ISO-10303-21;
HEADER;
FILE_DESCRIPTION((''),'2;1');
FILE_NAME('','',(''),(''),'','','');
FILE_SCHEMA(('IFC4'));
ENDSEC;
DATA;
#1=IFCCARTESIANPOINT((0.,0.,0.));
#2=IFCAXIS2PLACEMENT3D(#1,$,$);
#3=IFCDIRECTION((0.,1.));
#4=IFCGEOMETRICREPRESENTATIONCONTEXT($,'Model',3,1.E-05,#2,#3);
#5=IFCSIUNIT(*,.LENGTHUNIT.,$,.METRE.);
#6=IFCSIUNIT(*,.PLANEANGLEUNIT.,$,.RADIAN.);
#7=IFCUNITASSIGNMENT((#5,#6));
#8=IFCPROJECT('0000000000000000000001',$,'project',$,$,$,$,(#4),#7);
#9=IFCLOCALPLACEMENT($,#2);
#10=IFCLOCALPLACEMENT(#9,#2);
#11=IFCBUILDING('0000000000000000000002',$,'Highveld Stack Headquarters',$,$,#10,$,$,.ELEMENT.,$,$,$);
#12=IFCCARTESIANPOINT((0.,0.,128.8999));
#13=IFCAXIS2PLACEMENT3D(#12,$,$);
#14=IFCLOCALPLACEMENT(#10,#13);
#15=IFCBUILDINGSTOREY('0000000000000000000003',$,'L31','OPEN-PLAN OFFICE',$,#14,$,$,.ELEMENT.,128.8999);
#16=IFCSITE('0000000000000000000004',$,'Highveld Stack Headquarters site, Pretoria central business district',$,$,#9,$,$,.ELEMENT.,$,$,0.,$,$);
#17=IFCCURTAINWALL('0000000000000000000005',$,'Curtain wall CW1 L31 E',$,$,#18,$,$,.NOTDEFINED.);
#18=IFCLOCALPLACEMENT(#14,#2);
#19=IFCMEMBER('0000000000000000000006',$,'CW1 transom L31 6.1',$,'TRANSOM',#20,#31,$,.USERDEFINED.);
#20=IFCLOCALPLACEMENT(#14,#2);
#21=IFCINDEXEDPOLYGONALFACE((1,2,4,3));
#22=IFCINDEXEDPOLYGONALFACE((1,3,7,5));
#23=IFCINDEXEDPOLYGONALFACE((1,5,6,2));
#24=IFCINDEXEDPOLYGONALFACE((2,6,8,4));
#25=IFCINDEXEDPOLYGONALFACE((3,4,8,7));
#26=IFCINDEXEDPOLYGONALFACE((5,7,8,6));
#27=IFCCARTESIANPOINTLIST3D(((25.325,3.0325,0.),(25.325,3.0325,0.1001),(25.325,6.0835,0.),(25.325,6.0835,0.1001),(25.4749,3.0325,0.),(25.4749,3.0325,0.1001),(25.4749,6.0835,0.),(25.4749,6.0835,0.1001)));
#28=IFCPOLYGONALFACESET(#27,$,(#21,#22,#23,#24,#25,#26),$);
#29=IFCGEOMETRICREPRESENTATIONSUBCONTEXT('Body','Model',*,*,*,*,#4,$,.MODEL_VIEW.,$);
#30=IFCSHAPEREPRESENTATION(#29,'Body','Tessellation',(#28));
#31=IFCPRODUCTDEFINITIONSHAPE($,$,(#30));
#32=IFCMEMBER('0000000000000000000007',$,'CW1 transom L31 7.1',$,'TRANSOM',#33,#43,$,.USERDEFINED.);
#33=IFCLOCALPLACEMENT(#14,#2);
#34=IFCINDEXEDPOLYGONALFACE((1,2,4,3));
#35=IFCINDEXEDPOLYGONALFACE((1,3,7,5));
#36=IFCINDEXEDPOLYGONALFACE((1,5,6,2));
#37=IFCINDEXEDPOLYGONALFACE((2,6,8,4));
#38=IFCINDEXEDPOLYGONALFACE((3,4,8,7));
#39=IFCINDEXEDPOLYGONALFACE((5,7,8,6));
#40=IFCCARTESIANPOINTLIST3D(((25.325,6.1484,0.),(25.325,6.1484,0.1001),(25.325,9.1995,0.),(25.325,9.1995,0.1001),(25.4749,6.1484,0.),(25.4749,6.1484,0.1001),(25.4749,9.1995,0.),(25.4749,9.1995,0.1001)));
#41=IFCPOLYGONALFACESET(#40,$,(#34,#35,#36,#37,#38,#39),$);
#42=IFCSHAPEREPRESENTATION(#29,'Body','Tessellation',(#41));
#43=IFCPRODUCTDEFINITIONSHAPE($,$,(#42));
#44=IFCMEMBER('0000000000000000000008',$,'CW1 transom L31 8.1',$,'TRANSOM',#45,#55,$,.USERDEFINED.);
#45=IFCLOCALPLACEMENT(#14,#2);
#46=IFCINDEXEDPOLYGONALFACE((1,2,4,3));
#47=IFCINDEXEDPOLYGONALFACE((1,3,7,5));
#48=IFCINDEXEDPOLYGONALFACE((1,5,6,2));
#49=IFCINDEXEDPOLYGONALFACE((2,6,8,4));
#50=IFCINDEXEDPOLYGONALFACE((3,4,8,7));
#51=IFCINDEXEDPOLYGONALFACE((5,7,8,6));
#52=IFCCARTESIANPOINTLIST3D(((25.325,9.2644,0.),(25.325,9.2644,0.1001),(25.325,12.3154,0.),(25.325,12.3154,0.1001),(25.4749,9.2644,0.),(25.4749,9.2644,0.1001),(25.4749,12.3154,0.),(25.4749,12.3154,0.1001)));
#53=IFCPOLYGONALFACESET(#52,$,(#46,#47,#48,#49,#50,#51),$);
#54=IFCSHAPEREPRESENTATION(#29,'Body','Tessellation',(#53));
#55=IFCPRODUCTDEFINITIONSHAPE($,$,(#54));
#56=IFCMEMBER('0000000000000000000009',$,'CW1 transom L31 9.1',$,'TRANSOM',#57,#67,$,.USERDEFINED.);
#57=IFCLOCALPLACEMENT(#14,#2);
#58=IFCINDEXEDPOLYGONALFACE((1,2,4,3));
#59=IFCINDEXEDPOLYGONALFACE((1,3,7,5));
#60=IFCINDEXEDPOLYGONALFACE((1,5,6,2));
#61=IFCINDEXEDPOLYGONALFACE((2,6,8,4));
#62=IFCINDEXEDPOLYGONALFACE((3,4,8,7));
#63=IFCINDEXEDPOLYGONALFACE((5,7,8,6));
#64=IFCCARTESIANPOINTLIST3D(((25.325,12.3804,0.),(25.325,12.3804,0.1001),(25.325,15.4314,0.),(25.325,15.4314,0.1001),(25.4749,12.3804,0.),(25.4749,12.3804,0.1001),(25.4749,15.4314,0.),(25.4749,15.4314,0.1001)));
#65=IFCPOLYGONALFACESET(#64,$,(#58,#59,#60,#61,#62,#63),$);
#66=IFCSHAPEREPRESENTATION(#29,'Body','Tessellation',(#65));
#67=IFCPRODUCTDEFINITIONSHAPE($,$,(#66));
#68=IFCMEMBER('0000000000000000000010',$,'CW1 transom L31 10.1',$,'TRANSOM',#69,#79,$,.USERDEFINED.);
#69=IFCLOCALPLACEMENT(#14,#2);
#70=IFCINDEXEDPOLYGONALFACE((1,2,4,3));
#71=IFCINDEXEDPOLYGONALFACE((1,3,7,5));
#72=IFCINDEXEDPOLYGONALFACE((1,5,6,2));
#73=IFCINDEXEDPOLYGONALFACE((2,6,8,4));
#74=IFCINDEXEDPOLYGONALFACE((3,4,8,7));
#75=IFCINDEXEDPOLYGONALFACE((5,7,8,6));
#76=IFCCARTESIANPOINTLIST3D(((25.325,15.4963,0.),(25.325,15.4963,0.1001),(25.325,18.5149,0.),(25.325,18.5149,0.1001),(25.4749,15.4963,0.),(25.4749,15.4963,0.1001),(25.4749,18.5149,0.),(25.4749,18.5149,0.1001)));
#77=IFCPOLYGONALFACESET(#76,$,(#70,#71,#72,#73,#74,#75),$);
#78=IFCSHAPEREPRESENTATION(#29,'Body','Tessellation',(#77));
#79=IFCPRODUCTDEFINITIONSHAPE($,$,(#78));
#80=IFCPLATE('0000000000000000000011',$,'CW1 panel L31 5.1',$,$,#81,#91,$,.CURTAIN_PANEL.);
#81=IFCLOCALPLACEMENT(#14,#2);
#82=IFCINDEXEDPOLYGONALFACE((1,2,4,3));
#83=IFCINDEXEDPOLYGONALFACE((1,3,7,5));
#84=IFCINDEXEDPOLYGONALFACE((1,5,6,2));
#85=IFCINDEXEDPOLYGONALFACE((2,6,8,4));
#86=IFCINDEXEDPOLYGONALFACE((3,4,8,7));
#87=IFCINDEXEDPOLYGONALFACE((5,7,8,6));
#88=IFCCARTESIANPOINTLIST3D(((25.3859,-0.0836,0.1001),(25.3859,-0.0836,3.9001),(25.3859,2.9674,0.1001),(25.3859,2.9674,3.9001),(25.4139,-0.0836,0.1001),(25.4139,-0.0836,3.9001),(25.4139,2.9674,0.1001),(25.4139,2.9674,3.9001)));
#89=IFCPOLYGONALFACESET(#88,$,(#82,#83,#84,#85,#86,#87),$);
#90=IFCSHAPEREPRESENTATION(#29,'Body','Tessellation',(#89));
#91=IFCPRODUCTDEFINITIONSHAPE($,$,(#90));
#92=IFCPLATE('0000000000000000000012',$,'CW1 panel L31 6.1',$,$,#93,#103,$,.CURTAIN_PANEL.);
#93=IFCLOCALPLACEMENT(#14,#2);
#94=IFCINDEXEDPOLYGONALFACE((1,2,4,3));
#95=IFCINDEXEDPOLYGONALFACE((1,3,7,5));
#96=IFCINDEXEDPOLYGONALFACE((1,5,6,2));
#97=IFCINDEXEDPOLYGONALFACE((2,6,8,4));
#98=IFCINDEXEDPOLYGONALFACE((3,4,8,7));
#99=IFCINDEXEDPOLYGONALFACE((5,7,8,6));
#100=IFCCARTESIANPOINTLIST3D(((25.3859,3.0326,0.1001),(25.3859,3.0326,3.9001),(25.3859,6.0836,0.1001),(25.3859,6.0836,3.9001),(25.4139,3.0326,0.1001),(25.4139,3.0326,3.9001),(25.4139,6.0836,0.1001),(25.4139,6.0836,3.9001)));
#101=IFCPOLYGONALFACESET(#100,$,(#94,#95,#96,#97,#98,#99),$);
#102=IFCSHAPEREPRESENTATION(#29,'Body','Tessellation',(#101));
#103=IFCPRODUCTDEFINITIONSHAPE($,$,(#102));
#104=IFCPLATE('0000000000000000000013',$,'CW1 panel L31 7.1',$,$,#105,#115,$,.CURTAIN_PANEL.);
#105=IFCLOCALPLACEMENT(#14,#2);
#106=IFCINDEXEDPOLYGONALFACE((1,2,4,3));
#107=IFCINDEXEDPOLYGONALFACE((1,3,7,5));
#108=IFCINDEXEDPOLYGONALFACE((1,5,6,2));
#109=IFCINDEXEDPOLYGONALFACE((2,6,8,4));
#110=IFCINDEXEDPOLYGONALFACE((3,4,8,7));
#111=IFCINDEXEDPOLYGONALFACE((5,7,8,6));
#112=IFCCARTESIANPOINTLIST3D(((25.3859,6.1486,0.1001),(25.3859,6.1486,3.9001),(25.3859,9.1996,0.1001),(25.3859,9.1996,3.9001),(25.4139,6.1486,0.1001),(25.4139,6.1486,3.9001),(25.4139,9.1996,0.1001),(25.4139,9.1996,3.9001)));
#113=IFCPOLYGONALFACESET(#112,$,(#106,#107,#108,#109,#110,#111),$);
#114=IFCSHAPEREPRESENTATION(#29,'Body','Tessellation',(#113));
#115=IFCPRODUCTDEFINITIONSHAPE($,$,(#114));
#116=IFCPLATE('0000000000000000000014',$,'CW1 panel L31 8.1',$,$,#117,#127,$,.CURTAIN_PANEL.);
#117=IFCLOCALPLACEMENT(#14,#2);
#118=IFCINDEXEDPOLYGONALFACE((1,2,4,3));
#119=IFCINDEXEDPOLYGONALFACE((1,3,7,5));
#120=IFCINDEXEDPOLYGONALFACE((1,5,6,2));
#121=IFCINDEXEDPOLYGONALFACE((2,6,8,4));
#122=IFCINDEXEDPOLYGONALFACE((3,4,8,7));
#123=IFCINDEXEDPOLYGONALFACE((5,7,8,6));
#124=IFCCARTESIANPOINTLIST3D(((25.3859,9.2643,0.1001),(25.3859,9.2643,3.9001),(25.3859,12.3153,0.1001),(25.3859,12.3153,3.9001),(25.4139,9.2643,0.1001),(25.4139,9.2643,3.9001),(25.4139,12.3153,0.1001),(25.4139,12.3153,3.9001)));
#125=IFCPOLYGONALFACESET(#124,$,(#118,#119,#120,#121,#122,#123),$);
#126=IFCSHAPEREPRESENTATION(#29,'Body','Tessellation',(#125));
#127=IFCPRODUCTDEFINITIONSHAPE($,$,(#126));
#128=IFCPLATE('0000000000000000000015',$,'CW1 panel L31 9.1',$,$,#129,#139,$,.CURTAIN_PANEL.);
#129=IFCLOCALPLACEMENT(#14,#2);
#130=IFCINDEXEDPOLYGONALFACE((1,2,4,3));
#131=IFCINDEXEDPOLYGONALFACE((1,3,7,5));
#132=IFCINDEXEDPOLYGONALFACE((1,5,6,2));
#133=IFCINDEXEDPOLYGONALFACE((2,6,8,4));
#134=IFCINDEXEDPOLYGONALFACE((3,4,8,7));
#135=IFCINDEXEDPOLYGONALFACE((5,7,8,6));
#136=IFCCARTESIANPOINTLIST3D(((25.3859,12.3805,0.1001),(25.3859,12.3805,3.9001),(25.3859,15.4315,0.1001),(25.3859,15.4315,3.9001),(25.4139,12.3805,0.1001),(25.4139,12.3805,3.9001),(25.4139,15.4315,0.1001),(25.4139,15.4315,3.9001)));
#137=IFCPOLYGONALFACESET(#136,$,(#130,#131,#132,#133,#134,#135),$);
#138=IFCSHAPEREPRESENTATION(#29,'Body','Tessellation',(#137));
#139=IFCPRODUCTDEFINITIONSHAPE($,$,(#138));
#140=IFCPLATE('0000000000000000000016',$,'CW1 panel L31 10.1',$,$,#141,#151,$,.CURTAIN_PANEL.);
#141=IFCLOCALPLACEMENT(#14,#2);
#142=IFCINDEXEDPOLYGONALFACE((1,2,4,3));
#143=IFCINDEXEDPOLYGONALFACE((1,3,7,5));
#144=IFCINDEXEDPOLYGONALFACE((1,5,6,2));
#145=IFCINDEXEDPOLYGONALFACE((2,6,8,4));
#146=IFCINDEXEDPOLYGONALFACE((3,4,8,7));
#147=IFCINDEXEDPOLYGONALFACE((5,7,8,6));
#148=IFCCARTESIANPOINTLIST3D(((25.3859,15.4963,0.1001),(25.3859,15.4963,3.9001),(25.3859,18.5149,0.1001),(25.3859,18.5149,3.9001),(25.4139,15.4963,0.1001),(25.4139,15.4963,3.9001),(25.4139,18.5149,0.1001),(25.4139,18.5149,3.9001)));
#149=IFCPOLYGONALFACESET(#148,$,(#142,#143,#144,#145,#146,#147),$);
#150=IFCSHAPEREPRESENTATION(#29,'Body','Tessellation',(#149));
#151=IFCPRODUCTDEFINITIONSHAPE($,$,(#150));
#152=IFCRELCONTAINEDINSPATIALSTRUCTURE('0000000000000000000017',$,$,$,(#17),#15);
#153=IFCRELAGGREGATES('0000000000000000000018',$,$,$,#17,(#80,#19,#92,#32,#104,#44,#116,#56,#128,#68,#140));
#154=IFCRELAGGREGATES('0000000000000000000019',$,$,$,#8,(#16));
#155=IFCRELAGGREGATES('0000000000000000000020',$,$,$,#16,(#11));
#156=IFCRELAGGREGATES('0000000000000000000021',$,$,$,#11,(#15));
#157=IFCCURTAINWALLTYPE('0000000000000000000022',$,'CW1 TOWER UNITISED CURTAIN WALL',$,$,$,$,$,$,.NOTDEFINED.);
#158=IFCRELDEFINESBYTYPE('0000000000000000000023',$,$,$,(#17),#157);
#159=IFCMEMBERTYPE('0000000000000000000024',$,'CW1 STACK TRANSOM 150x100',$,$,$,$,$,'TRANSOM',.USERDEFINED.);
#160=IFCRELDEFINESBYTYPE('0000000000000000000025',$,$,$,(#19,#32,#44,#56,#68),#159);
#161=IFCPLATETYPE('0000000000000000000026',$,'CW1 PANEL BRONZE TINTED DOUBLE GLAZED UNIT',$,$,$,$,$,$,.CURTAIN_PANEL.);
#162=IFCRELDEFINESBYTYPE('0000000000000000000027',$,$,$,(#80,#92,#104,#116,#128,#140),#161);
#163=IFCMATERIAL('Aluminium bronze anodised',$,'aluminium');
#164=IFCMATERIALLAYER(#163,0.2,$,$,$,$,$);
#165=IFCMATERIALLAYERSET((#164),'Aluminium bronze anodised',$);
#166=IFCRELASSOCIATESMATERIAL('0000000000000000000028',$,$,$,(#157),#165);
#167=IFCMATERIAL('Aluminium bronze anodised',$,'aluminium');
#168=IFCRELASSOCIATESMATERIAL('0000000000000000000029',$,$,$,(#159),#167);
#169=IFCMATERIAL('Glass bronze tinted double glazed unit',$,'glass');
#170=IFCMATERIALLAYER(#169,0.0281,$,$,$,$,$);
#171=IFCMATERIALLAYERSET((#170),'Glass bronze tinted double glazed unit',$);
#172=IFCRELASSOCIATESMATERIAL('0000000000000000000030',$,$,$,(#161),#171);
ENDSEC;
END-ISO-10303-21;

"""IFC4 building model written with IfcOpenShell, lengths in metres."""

from ifc_helpers import new_model, si_unit, direction, frame, origin, origin_2d, place, context, subcontext, project, spatial, rectangle, extrude, material, layer, layer_set, material_profile, profile_set, type_object, element, aggregate, save


model = new_model("IFC4")

# Units and contexts
model_context = context("Model", 3, precision=1e-05, world=origin(), true_north=direction((0.0, 1.0)))
body_context = subcontext(model_context, "Body", "Model", "MODEL_VIEW")
ifc_project = project(units=[si_unit("LENGTHUNIT", "METRE"), si_unit("PLANEANGLEUNIT", "RADIAN")], contexts=[model_context])

# Site, building, storey
site_placement = place(None, origin())
site = spatial("IfcSite", under=ifc_project, at=site_placement, Name="Highveld Stack Headquarters site, Pretoria central business district", CompositionType="ELEMENT", RefElevation=0.0)
building_placement = place(site_placement, origin())
building = spatial("IfcBuilding", under=site, at=building_placement, Name="Highveld Stack Headquarters", CompositionType="ELEMENT")
storey_placement = place(building_placement, frame((0.0, 0.0, 128.8999)))
storey = spatial("IfcBuildingStorey", under=building, at=storey_placement, Name="L31", Description="OPEN-PLAN OFFICE", CompositionType="ELEMENT", Elevation=128.8999)

# Curtain wall, members, plates
ifc_material_1 = material(Name="Aluminium bronze anodised", Category="aluminium")
ifc_layer_1 = layer(ifc_material_1, 0.2)
ifc_layer_set_1 = layer_set([ifc_layer_1], Name="Aluminium bronze anodised")
curtain_wall_type = type_object("IfcCurtainWallType", Name="CW1 TOWER UNITISED CURTAIN WALL", PredefinedType="NOTDEFINED", material=ifc_layer_set_1)
curtain_wall_placement = place(storey_placement, origin())
curtain_wall = element("IfcCurtainWall", 1, at=curtain_wall_placement, inside=storey, type_object=curtain_wall_type, Name="Curtain wall CW1 L31 E", PredefinedType="NOTDEFINED")
ifc_material_2 = material(Name="Aluminium bronze anodised", Category="aluminium")
ifc_material_profile_1 = material_profile(ifc_material_2, rectangle(XDim=0.1499, YDim=0.1001, at=origin_2d()), Name="CW1 TRANSOM 150x100")
ifc_profile_set_1 = profile_set([ifc_material_profile_1], Name="Aluminium bronze anodised")
member_type_1 = type_object("IfcMemberType", Name="CW1 STACK TRANSOM 150x100", ElementType="TRANSOM", PredefinedType="USERDEFINED", material=ifc_profile_set_1)
member_1_placement = place(storey_placement, frame((25.3999, 3.0325, 0.05), z_axis=(0.0, 1.0, 0.0), x_axis=(-1.0, 0.0, 0.0)))
member_1 = element("IfcMember", 2, at=member_1_placement, type_object=member_type_1, Name="CW1 transom L31 6.1", ObjectType="TRANSOM", PredefinedType="USERDEFINED", context=body_context, shape_type="SweptSolid", body=[
    extrude(rectangle(XDim=0.1499, YDim=0.1001, at=origin_2d()), origin(), (0.0, 0.0, 1.0), 3.051),
])
member_2_placement = place(storey_placement, frame((25.3999, 6.1484, 0.05), z_axis=(0.0, 1.0, 0.0), x_axis=(-1.0, 0.0, 0.0)))
member_2 = element("IfcMember", 3, at=member_2_placement, type_object=member_type_1, Name="CW1 transom L31 7.1", ObjectType="TRANSOM", PredefinedType="USERDEFINED", context=body_context, shape_type="SweptSolid", body=[
    extrude(rectangle(XDim=0.1499, YDim=0.1001, at=origin_2d()), origin(), (0.0, 0.0, 1.0), 3.051),
])
member_3_placement = place(storey_placement, frame((25.3999, 9.2644, 0.05), z_axis=(0.0, 1.0, 0.0), x_axis=(-1.0, 0.0, 0.0)))
member_3 = element("IfcMember", 4, at=member_3_placement, type_object=member_type_1, Name="CW1 transom L31 8.1", ObjectType="TRANSOM", PredefinedType="USERDEFINED", context=body_context, shape_type="SweptSolid", body=[
    extrude(rectangle(XDim=0.1499, YDim=0.1001, at=origin_2d()), origin(), (0.0, 0.0, 1.0), 3.051),
])
member_4_placement = place(storey_placement, frame((25.3999, 12.3804, 0.05), z_axis=(0.0, 1.0, 0.0), x_axis=(-1.0, 0.0, 0.0)))
member_4 = element("IfcMember", 5, at=member_4_placement, type_object=member_type_1, Name="CW1 transom L31 9.1", ObjectType="TRANSOM", PredefinedType="USERDEFINED", context=body_context, shape_type="SweptSolid", body=[
    extrude(rectangle(XDim=0.1499, YDim=0.1001, at=origin_2d()), origin(), (0.0, 0.0, 1.0), 3.051),
])
member_5_placement = place(storey_placement, frame((25.3999, 15.4963, 0.05), z_axis=(0.0, 1.0, 0.0), x_axis=(-1.0, 0.0, 0.0)))
member_5 = element("IfcMember", 6, at=member_5_placement, type_object=member_type_1, Name="CW1 transom L31 10.1", ObjectType="TRANSOM", PredefinedType="USERDEFINED", context=body_context, shape_type="SweptSolid", body=[
    extrude(rectangle(XDim=0.1499, YDim=0.1001, at=origin_2d()), origin(), (0.0, 0.0, 1.0), 3.0186),
])
ifc_material_3 = material(Name="Glass bronze tinted double glazed unit", Category="glass")
ifc_layer_2 = layer(ifc_material_3, 0.0281)
ifc_layer_set_2 = layer_set([ifc_layer_2], Name="Glass bronze tinted double glazed unit")
plate_type = type_object("IfcPlateType", Name="CW1 PANEL BRONZE TINTED DOUBLE GLAZED UNIT", PredefinedType="CURTAIN_PANEL", material=ifc_layer_set_2)
plate_1_placement = place(storey_placement, frame((25.3999, 1.4419, 0.1001), z_axis=(0.0, 0.0, 1.0), x_axis=(0.0, 1.0, 0.0)))
plate_1 = element("IfcPlate", 7, at=plate_1_placement, type_object=plate_type, Name="CW1 panel L31 5.1", PredefinedType="CURTAIN_PANEL", context=body_context, shape_type="SweptSolid", body=[
    extrude(rectangle(XDim=3.051, YDim=0.0281, at=origin_2d()), origin(), (0.0, 0.0, 1.0), 3.8),
])
plate_2_placement = place(storey_placement, frame((25.3999, 4.5581, 0.1001), z_axis=(0.0, 0.0, 1.0), x_axis=(0.0, 1.0, 0.0)))
plate_2 = element("IfcPlate", 8, at=plate_2_placement, type_object=plate_type, Name="CW1 panel L31 6.1", PredefinedType="CURTAIN_PANEL", context=body_context, shape_type="SweptSolid", body=[
    extrude(rectangle(XDim=3.051, YDim=0.0281, at=origin_2d()), origin(), (0.0, 0.0, 1.0), 3.8),
])
plate_3_placement = place(storey_placement, frame((25.3999, 7.6741, 0.1001), z_axis=(0.0, 0.0, 1.0), x_axis=(0.0, 1.0, 0.0)))
plate_3 = element("IfcPlate", 9, at=plate_3_placement, type_object=plate_type, Name="CW1 panel L31 7.1", PredefinedType="CURTAIN_PANEL", context=body_context, shape_type="SweptSolid", body=[
    extrude(rectangle(XDim=3.051, YDim=0.0281, at=origin_2d()), origin(), (0.0, 0.0, 1.0), 3.8),
])
plate_4_placement = place(storey_placement, frame((25.3999, 10.7898, 0.1001), z_axis=(0.0, 0.0, 1.0), x_axis=(0.0, 1.0, 0.0)))
plate_4 = element("IfcPlate", 10, at=plate_4_placement, type_object=plate_type, Name="CW1 panel L31 8.1", PredefinedType="CURTAIN_PANEL", context=body_context, shape_type="SweptSolid", body=[
    extrude(rectangle(XDim=3.051, YDim=0.0281, at=origin_2d()), origin(), (0.0, 0.0, 1.0), 3.8),
])
plate_5_placement = place(storey_placement, frame((25.3999, 13.906, 0.1001), z_axis=(0.0, 0.0, 1.0), x_axis=(0.0, 1.0, 0.0)))
plate_5 = element("IfcPlate", 11, at=plate_5_placement, type_object=plate_type, Name="CW1 panel L31 9.1", PredefinedType="CURTAIN_PANEL", context=body_context, shape_type="SweptSolid", body=[
    extrude(rectangle(XDim=3.051, YDim=0.0281, at=origin_2d()), origin(), (0.0, 0.0, 1.0), 3.8),
])
plate_6_placement = place(storey_placement, frame((25.3999, 17.0056, 0.1001), z_axis=(0.0, 0.0, 1.0), x_axis=(0.0, 1.0, 0.0)))
plate_6 = element("IfcPlate", 12, at=plate_6_placement, type_object=plate_type, Name="CW1 panel L31 10.1", PredefinedType="CURTAIN_PANEL", context=body_context, shape_type="SweptSolid", body=[
    extrude(rectangle(XDim=3.0186, YDim=0.0281, at=origin_2d()), origin(), (0.0, 0.0, 1.0), 3.8),
])
aggregate(curtain_wall, [plate_1, member_1, plate_2, member_2, plate_3, member_3, plate_4, member_4, plate_5, member_5, plate_6])

save(model, "model.ifc")
